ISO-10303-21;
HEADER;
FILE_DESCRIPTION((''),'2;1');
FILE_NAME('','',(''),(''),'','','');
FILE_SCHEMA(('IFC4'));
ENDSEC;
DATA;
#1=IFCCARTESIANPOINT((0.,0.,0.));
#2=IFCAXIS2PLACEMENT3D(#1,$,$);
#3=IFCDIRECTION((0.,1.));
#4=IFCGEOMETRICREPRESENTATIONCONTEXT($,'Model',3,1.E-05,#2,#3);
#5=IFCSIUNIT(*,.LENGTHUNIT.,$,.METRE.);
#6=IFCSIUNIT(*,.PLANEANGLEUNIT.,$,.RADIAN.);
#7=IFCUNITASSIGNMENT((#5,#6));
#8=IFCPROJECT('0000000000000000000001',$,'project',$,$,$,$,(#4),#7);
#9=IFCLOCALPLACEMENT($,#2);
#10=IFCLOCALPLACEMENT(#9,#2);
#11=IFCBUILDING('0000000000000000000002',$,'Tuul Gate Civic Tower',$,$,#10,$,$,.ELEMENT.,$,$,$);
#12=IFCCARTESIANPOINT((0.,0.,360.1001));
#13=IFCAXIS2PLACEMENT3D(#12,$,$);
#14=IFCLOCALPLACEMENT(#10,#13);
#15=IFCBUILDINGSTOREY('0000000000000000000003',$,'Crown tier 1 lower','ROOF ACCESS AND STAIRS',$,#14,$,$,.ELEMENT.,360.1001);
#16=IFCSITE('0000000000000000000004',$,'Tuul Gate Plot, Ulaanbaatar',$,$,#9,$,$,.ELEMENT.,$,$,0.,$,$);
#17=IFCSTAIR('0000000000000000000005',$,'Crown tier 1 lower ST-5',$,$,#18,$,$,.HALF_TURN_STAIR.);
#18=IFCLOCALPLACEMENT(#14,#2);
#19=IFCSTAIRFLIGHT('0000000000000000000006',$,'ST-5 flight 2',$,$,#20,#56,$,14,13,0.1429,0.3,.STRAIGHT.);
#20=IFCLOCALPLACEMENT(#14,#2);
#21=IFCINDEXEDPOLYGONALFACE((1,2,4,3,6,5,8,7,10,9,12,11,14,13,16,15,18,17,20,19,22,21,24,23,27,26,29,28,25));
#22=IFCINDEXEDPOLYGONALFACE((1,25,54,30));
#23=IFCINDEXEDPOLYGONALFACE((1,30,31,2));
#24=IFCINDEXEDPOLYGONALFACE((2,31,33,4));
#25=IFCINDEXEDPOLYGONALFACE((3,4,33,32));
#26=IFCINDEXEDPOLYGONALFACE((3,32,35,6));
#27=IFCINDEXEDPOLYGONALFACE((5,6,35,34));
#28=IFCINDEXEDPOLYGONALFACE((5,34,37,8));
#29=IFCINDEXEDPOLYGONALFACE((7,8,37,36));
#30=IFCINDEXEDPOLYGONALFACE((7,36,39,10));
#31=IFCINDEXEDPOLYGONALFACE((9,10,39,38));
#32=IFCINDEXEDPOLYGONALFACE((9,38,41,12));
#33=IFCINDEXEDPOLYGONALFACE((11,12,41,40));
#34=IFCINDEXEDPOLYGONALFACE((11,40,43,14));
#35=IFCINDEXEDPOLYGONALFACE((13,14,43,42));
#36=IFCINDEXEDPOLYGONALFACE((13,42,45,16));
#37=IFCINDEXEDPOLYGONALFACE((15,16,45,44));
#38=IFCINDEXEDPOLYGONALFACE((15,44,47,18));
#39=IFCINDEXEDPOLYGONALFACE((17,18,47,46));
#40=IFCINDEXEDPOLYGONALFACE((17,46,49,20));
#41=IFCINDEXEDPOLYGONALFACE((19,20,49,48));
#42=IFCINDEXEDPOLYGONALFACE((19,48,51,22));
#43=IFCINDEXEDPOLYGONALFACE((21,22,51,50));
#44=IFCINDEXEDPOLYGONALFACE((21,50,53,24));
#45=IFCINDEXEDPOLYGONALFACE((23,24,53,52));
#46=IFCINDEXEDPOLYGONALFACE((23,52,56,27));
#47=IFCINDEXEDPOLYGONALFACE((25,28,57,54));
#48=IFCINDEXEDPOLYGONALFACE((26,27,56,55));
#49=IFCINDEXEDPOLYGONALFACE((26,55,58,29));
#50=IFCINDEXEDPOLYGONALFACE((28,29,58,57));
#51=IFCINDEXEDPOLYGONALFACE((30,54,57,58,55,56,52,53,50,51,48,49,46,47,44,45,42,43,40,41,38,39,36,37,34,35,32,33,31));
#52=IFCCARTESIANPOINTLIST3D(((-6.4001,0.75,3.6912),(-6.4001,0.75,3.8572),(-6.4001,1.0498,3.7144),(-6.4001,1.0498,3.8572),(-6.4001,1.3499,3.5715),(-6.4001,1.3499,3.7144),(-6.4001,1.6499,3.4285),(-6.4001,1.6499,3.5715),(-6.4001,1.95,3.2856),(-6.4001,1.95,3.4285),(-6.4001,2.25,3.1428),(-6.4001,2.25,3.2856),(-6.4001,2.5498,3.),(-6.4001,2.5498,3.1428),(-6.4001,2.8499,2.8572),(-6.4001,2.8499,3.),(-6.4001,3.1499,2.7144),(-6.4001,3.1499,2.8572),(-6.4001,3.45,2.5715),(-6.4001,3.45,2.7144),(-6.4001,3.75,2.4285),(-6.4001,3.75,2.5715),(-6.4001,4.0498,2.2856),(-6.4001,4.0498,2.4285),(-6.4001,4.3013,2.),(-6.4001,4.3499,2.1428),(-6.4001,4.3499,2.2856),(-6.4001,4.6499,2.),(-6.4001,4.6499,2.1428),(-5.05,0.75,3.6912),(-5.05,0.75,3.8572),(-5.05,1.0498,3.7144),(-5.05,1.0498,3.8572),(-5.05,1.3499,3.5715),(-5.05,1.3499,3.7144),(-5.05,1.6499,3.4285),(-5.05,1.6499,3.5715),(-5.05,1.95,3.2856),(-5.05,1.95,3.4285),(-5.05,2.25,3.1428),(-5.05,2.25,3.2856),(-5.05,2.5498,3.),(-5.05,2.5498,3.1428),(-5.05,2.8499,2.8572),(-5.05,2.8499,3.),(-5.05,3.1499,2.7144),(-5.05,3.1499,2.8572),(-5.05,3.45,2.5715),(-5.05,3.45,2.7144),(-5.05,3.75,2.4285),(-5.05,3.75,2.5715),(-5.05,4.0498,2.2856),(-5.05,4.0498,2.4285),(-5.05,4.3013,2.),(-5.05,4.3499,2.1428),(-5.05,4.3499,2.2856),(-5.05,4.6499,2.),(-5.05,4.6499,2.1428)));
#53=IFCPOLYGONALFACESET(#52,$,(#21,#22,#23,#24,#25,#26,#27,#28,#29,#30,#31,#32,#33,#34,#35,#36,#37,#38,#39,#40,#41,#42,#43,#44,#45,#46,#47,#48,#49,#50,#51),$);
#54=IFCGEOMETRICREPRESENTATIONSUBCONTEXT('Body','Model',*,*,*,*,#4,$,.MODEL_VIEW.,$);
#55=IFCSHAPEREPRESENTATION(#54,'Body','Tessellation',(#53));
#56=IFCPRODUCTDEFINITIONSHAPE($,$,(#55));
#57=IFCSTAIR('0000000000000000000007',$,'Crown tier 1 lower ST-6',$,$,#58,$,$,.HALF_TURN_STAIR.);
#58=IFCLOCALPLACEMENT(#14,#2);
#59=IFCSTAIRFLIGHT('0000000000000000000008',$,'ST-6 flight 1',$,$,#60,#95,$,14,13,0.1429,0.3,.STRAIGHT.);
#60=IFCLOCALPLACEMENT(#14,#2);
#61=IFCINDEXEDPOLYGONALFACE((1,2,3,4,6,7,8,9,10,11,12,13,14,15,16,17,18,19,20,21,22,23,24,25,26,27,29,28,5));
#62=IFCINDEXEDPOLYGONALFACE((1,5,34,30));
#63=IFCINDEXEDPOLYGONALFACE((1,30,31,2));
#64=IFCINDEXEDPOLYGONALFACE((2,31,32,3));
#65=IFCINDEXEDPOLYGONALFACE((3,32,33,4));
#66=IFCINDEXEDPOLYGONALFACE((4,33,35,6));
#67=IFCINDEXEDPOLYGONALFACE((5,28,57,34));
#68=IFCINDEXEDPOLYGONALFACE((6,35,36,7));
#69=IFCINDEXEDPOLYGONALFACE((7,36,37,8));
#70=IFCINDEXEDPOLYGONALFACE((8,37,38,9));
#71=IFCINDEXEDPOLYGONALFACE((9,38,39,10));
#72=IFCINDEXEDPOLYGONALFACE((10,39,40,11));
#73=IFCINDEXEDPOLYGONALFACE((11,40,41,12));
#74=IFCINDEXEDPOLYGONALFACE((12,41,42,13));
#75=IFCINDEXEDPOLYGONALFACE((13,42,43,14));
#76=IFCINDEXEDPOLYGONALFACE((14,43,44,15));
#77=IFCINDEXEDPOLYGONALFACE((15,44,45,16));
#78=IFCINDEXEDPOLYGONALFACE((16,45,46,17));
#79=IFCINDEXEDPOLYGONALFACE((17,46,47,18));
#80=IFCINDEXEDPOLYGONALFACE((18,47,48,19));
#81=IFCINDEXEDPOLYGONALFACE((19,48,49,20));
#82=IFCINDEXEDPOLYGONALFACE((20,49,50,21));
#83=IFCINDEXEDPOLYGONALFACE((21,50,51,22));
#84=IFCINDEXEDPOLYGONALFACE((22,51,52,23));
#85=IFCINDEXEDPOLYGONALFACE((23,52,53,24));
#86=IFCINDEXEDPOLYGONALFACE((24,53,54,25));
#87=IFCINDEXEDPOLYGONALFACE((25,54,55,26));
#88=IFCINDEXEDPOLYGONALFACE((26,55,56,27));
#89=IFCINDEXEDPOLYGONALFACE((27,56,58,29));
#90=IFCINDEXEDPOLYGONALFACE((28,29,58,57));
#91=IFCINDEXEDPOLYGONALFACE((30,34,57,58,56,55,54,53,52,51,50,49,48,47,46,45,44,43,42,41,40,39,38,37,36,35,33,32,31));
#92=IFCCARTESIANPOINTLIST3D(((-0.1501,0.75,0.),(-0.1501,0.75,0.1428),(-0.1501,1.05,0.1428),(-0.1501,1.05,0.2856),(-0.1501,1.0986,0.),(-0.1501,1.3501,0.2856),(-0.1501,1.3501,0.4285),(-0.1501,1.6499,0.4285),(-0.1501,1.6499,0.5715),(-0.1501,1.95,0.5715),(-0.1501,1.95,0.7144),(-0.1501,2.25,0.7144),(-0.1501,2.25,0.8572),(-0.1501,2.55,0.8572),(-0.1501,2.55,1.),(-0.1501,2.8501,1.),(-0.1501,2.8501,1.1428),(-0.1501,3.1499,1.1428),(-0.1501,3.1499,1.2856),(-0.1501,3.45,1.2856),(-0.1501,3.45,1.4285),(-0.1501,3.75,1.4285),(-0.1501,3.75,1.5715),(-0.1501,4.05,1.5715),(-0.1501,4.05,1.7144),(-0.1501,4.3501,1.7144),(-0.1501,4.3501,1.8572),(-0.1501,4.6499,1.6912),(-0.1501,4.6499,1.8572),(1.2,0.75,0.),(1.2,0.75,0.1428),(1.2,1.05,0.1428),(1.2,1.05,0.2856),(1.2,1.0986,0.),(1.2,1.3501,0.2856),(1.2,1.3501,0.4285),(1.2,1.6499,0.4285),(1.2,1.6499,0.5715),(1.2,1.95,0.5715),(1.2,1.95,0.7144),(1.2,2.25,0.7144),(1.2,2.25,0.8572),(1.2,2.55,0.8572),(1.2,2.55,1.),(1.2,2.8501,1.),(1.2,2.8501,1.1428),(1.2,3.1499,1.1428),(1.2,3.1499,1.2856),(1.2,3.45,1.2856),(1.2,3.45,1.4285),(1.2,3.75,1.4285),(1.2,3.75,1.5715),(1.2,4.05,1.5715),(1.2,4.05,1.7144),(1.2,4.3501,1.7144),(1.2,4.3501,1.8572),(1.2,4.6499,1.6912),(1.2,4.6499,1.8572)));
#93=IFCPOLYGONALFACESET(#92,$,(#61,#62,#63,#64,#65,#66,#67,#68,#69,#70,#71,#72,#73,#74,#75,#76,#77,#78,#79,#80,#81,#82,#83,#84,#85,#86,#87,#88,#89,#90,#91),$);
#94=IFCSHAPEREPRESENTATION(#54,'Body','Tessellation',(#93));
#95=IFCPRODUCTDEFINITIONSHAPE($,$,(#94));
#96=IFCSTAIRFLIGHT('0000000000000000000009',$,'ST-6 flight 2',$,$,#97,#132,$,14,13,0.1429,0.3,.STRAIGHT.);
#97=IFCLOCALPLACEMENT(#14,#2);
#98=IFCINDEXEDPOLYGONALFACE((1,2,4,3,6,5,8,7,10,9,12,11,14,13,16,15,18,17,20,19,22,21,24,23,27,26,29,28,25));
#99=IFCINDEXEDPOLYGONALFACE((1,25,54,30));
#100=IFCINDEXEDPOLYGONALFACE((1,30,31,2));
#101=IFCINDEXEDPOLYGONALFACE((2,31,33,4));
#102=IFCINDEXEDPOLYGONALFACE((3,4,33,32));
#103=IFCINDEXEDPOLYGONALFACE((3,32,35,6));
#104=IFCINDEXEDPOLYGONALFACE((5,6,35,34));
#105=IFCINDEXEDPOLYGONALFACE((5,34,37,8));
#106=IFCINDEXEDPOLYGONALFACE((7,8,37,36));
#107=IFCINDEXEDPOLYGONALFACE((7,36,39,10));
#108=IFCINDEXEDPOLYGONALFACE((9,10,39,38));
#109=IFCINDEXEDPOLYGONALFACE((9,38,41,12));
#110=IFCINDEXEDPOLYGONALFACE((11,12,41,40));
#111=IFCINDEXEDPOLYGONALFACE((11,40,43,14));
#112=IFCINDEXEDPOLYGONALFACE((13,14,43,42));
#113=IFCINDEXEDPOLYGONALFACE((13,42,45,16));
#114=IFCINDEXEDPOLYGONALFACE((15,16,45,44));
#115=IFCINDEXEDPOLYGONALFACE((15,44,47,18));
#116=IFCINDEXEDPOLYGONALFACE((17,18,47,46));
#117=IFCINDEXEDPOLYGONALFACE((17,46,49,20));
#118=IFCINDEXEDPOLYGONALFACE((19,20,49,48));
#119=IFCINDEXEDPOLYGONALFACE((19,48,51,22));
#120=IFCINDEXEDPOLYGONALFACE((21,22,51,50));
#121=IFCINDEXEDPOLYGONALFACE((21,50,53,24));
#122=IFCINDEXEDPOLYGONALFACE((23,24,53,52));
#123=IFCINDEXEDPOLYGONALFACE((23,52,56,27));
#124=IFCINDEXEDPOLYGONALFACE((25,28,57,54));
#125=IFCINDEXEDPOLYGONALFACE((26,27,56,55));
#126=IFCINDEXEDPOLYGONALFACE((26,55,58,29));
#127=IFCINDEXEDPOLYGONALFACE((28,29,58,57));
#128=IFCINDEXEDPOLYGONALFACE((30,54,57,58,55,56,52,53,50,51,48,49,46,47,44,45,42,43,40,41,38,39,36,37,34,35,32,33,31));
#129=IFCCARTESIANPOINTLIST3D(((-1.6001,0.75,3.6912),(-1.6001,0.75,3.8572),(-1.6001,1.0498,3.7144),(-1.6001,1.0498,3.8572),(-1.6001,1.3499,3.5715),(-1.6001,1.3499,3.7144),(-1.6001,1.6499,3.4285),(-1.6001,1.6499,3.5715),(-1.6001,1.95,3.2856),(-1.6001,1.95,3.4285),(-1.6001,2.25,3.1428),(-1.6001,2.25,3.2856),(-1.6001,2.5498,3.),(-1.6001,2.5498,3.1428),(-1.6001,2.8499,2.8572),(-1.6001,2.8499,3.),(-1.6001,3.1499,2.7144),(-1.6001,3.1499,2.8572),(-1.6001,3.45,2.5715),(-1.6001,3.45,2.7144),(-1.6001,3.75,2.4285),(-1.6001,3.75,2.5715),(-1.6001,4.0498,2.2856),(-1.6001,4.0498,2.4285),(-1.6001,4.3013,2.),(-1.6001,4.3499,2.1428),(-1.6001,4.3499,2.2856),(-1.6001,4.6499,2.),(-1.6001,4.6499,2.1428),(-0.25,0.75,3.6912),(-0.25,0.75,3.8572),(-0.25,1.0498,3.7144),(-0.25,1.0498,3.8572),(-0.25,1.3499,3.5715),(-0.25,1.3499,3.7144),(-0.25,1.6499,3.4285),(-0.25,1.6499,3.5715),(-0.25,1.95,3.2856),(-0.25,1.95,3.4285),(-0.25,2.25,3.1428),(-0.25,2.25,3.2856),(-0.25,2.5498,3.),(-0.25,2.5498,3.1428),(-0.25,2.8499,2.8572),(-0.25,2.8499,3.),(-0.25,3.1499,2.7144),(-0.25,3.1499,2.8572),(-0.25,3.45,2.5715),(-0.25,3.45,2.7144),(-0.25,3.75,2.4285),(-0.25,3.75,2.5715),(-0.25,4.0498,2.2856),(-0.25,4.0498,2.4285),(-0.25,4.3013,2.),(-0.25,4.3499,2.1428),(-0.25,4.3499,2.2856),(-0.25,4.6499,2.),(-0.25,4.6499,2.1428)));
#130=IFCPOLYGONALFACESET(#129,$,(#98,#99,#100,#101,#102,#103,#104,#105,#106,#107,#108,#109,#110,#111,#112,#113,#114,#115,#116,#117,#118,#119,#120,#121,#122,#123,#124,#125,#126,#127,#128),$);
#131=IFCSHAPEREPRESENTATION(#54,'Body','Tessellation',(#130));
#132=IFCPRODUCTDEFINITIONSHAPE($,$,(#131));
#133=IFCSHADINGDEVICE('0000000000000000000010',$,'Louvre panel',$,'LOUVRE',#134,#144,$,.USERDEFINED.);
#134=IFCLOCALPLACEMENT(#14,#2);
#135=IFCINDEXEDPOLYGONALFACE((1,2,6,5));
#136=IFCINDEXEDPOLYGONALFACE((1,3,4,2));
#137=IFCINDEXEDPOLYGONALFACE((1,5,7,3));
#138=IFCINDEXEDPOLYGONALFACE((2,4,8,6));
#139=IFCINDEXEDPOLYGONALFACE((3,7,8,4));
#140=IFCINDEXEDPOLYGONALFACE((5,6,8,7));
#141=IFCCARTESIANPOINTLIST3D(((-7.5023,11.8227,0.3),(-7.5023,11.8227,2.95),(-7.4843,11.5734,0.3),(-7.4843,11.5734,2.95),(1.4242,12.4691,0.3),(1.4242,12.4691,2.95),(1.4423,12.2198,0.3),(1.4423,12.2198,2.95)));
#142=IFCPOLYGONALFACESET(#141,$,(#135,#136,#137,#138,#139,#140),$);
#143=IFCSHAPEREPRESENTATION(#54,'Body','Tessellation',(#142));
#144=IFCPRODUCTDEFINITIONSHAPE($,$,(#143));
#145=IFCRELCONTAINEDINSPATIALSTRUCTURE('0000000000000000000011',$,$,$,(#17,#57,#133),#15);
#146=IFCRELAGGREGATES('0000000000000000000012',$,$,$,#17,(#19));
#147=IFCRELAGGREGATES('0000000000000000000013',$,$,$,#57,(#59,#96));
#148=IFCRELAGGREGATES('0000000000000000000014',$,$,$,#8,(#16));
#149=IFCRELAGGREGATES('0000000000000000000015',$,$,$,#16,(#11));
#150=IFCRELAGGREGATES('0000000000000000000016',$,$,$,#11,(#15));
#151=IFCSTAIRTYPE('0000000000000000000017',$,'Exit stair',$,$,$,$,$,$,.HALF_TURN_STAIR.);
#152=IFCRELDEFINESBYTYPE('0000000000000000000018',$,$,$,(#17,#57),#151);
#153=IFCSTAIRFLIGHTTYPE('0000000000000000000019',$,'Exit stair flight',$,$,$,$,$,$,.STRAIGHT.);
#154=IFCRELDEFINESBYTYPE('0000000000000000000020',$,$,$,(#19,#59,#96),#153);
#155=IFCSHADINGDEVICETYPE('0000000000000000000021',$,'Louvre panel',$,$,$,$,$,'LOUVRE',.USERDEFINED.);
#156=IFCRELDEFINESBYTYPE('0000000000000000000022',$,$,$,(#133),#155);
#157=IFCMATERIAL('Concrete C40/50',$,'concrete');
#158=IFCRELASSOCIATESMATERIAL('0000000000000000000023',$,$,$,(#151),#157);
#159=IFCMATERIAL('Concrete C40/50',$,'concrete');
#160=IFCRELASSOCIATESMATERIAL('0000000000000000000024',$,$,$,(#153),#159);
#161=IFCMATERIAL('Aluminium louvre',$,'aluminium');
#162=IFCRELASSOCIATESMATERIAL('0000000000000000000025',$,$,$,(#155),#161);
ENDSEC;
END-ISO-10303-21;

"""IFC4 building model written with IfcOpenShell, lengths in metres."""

from ifc_helpers import new_model, si_unit, direction, frame, origin, origin_2d, place, context, subcontext, project, spatial, polyline, rectangle, outline, extrude, material, type_object, element, aggregate, save


model = new_model("IFC4")

# Units and contexts
model_context = context("Model", 3, precision=1e-05, world=origin(), true_north=direction((0.0, 1.0)))
body_context = subcontext(model_context, "Body", "Model", "MODEL_VIEW")
ifc_project = project(units=[si_unit("LENGTHUNIT", "METRE"), si_unit("PLANEANGLEUNIT", "RADIAN")], contexts=[model_context])

# Site, building, storey
site_placement = place(None, origin())
site = spatial("IfcSite", under=ifc_project, at=site_placement, Name="Tuul Gate Plot, Ulaanbaatar", CompositionType="ELEMENT", RefElevation=0.0)
building_placement = place(site_placement, origin())
building = spatial("IfcBuilding", under=site, at=building_placement, Name="Tuul Gate Civic Tower", CompositionType="ELEMENT")
storey_placement = place(building_placement, frame((0.0, 0.0, 360.1001)))
storey = spatial("IfcBuildingStorey", under=building, at=storey_placement, Name="Crown tier 1 lower", Description="ROOF ACCESS AND STAIRS", CompositionType="ELEMENT", Elevation=360.1001)

# Stairs, stair flights
ifc_material_1 = material(Name="Concrete C40/50", Category="concrete")
stair_type = type_object("IfcStairType", Name="Exit stair", PredefinedType="HALF_TURN_STAIR", material=ifc_material_1)
stair_1_placement = place(storey_placement, origin())
stair_1 = element("IfcStair", 1, at=stair_1_placement, inside=storey, type_object=stair_type, Name="Crown tier 1 lower ST-5", PredefinedType="HALF_TURN_STAIR")
ifc_material_2 = material(Name="Concrete C40/50", Category="concrete")
stair_flight_type = type_object("IfcStairFlightType", Name="Exit stair flight", PredefinedType="STRAIGHT", material=ifc_material_2)
stair_flight_1_placement = place(storey_placement, frame((-5.7251, 4.6499, 2.0), z_axis=(0.0, 0.0, 1.0), x_axis=(0.0, -1.0, 0.0)))
stair_flight_1 = element("IfcStairFlight", 2, at=stair_flight_1_placement, type_object=stair_flight_type, Name="ST-5 flight 2", NumberOfRisers=14, NumberOfTreads=13, PredefinedType="STRAIGHT", RiserHeight=0.1429, TreadLength=0.3, context=body_context, shape_type="SweptSolid", body=[
    extrude(outline(polyline([(0.0, 0.0), (0.0, 0.1428), (0.3, 0.1428), (0.3, 0.2856), (0.6001, 0.2856), (0.6001, 0.4285), (0.8999, 0.4285), (0.8999, 0.5715), (1.2, 0.5715), (1.2, 0.7144), (1.5, 0.7144), (1.5, 0.8572), (1.8, 0.8572), (1.8, 1.0), (2.1001, 1.0), (2.1001, 1.1428), (2.3999, 1.1428), (2.3999, 1.2856), (2.7, 1.2856), (2.7, 1.4285), (3.0, 1.4285), (3.0, 1.5715), (3.3, 1.5715), (3.3, 1.7144), (3.6001, 1.7144), (3.6001, 1.8572), (3.8999, 1.8572), (3.8999, 2.0), (3.8999, 1.6912), (0.3486, 0.0), (0.0, 0.0)])), frame((0.0, 0.675, 0.0), z_axis=(0.0, -1.0, 0.0), x_axis=(1.0, 0.0, 0.0)), (0.0, 0.0, 1.0), 1.3501),
])
aggregate(stair_1, [stair_flight_1])
stair_2_placement = place(storey_placement, origin())
stair_2 = element("IfcStair", 3, at=stair_2_placement, inside=storey, type_object=stair_type, Name="Crown tier 1 lower ST-6", PredefinedType="HALF_TURN_STAIR")
stair_flight_2_placement = place(storey_placement, frame((0.5249, 0.75, 0.0), z_axis=(0.0, 0.0, 1.0), x_axis=(0.0, 1.0, 0.0)))
stair_flight_2 = element("IfcStairFlight", 4, at=stair_flight_2_placement, type_object=stair_flight_type, Name="ST-6 flight 1", NumberOfRisers=14, NumberOfTreads=13, PredefinedType="STRAIGHT", RiserHeight=0.1429, TreadLength=0.3, context=body_context, shape_type="SweptSolid", body=[
    extrude(outline(polyline([(0.0, 0.0), (0.0, 0.1428), (0.3, 0.1428), (0.3, 0.2856), (0.6001, 0.2856), (0.6001, 0.4285), (0.8999, 0.4285), (0.8999, 0.5715), (1.2, 0.5715), (1.2, 0.7144), (1.5, 0.7144), (1.5, 0.8572), (1.8, 0.8572), (1.8, 1.0), (2.1001, 1.0), (2.1001, 1.1428), (2.3999, 1.1428), (2.3999, 1.2856), (2.7, 1.2856), (2.7, 1.4285), (3.0, 1.4285), (3.0, 1.5715), (3.3, 1.5715), (3.3, 1.7144), (3.6001, 1.7144), (3.6001, 1.8572), (3.8999, 1.8572), (3.8999, 2.0), (3.8999, 1.6912), (0.3486, 0.0), (0.0, 0.0)])), frame((0.0, 0.675, 0.0), z_axis=(0.0, -1.0, 0.0), x_axis=(1.0, 0.0, 0.0)), (0.0, 0.0, 1.0), 1.3501),
])
stair_flight_3_placement = place(storey_placement, frame((-0.925, 4.6499, 2.0), z_axis=(0.0, 0.0, 1.0), x_axis=(0.0, -1.0, 0.0)))
stair_flight_3 = element("IfcStairFlight", 5, at=stair_flight_3_placement, type_object=stair_flight_type, Name="ST-6 flight 2", NumberOfRisers=14, NumberOfTreads=13, PredefinedType="STRAIGHT", RiserHeight=0.1429, TreadLength=0.3, context=body_context, shape_type="SweptSolid", body=[
    extrude(outline(polyline([(0.0, 0.0), (0.0, 0.1428), (0.3, 0.1428), (0.3, 0.2856), (0.6001, 0.2856), (0.6001, 0.4285), (0.8999, 0.4285), (0.8999, 0.5715), (1.2, 0.5715), (1.2, 0.7144), (1.5, 0.7144), (1.5, 0.8572), (1.8, 0.8572), (1.8, 1.0), (2.1001, 1.0), (2.1001, 1.1428), (2.3999, 1.1428), (2.3999, 1.2856), (2.7, 1.2856), (2.7, 1.4285), (3.0, 1.4285), (3.0, 1.5715), (3.3, 1.5715), (3.3, 1.7144), (3.6001, 1.7144), (3.6001, 1.8572), (3.8999, 1.8572), (3.8999, 2.0), (3.8999, 1.6912), (0.3486, 0.0), (0.0, 0.0)])), frame((0.0, 0.675, 0.0), z_axis=(0.0, -1.0, 0.0), x_axis=(1.0, 0.0, 0.0)), (0.0, 0.0, 1.0), 1.3501),
])
aggregate(stair_2, [stair_flight_2, stair_flight_3])

# Shading device
ifc_material_3 = material(Name="Aluminium louvre", Category="aluminium")
shading_device_type = type_object("IfcShadingDeviceType", Name="Louvre panel", ElementType="LOUVRE", PredefinedType="USERDEFINED", material=ifc_material_3)
shading_device_placement = place(storey_placement, frame((-3.03, 12.0212, 0.3), z_axis=(0.0, 0.0, 1.0), x_axis=(-0.072226, 0.997388, 0.0)))
element("IfcShadingDevice", 6, at=shading_device_placement, inside=storey, type_object=shading_device_type, Name="Louvre panel", ObjectType="LOUVRE", PredefinedType="USERDEFINED", context=body_context, shape_type="SweptSolid", body=[
    extrude(rectangle(XDim=0.25, YDim=8.95, at=origin_2d()), origin(), (0.0, 0.0, 1.0), 2.6499),
])

save(model, "model.ifc")
